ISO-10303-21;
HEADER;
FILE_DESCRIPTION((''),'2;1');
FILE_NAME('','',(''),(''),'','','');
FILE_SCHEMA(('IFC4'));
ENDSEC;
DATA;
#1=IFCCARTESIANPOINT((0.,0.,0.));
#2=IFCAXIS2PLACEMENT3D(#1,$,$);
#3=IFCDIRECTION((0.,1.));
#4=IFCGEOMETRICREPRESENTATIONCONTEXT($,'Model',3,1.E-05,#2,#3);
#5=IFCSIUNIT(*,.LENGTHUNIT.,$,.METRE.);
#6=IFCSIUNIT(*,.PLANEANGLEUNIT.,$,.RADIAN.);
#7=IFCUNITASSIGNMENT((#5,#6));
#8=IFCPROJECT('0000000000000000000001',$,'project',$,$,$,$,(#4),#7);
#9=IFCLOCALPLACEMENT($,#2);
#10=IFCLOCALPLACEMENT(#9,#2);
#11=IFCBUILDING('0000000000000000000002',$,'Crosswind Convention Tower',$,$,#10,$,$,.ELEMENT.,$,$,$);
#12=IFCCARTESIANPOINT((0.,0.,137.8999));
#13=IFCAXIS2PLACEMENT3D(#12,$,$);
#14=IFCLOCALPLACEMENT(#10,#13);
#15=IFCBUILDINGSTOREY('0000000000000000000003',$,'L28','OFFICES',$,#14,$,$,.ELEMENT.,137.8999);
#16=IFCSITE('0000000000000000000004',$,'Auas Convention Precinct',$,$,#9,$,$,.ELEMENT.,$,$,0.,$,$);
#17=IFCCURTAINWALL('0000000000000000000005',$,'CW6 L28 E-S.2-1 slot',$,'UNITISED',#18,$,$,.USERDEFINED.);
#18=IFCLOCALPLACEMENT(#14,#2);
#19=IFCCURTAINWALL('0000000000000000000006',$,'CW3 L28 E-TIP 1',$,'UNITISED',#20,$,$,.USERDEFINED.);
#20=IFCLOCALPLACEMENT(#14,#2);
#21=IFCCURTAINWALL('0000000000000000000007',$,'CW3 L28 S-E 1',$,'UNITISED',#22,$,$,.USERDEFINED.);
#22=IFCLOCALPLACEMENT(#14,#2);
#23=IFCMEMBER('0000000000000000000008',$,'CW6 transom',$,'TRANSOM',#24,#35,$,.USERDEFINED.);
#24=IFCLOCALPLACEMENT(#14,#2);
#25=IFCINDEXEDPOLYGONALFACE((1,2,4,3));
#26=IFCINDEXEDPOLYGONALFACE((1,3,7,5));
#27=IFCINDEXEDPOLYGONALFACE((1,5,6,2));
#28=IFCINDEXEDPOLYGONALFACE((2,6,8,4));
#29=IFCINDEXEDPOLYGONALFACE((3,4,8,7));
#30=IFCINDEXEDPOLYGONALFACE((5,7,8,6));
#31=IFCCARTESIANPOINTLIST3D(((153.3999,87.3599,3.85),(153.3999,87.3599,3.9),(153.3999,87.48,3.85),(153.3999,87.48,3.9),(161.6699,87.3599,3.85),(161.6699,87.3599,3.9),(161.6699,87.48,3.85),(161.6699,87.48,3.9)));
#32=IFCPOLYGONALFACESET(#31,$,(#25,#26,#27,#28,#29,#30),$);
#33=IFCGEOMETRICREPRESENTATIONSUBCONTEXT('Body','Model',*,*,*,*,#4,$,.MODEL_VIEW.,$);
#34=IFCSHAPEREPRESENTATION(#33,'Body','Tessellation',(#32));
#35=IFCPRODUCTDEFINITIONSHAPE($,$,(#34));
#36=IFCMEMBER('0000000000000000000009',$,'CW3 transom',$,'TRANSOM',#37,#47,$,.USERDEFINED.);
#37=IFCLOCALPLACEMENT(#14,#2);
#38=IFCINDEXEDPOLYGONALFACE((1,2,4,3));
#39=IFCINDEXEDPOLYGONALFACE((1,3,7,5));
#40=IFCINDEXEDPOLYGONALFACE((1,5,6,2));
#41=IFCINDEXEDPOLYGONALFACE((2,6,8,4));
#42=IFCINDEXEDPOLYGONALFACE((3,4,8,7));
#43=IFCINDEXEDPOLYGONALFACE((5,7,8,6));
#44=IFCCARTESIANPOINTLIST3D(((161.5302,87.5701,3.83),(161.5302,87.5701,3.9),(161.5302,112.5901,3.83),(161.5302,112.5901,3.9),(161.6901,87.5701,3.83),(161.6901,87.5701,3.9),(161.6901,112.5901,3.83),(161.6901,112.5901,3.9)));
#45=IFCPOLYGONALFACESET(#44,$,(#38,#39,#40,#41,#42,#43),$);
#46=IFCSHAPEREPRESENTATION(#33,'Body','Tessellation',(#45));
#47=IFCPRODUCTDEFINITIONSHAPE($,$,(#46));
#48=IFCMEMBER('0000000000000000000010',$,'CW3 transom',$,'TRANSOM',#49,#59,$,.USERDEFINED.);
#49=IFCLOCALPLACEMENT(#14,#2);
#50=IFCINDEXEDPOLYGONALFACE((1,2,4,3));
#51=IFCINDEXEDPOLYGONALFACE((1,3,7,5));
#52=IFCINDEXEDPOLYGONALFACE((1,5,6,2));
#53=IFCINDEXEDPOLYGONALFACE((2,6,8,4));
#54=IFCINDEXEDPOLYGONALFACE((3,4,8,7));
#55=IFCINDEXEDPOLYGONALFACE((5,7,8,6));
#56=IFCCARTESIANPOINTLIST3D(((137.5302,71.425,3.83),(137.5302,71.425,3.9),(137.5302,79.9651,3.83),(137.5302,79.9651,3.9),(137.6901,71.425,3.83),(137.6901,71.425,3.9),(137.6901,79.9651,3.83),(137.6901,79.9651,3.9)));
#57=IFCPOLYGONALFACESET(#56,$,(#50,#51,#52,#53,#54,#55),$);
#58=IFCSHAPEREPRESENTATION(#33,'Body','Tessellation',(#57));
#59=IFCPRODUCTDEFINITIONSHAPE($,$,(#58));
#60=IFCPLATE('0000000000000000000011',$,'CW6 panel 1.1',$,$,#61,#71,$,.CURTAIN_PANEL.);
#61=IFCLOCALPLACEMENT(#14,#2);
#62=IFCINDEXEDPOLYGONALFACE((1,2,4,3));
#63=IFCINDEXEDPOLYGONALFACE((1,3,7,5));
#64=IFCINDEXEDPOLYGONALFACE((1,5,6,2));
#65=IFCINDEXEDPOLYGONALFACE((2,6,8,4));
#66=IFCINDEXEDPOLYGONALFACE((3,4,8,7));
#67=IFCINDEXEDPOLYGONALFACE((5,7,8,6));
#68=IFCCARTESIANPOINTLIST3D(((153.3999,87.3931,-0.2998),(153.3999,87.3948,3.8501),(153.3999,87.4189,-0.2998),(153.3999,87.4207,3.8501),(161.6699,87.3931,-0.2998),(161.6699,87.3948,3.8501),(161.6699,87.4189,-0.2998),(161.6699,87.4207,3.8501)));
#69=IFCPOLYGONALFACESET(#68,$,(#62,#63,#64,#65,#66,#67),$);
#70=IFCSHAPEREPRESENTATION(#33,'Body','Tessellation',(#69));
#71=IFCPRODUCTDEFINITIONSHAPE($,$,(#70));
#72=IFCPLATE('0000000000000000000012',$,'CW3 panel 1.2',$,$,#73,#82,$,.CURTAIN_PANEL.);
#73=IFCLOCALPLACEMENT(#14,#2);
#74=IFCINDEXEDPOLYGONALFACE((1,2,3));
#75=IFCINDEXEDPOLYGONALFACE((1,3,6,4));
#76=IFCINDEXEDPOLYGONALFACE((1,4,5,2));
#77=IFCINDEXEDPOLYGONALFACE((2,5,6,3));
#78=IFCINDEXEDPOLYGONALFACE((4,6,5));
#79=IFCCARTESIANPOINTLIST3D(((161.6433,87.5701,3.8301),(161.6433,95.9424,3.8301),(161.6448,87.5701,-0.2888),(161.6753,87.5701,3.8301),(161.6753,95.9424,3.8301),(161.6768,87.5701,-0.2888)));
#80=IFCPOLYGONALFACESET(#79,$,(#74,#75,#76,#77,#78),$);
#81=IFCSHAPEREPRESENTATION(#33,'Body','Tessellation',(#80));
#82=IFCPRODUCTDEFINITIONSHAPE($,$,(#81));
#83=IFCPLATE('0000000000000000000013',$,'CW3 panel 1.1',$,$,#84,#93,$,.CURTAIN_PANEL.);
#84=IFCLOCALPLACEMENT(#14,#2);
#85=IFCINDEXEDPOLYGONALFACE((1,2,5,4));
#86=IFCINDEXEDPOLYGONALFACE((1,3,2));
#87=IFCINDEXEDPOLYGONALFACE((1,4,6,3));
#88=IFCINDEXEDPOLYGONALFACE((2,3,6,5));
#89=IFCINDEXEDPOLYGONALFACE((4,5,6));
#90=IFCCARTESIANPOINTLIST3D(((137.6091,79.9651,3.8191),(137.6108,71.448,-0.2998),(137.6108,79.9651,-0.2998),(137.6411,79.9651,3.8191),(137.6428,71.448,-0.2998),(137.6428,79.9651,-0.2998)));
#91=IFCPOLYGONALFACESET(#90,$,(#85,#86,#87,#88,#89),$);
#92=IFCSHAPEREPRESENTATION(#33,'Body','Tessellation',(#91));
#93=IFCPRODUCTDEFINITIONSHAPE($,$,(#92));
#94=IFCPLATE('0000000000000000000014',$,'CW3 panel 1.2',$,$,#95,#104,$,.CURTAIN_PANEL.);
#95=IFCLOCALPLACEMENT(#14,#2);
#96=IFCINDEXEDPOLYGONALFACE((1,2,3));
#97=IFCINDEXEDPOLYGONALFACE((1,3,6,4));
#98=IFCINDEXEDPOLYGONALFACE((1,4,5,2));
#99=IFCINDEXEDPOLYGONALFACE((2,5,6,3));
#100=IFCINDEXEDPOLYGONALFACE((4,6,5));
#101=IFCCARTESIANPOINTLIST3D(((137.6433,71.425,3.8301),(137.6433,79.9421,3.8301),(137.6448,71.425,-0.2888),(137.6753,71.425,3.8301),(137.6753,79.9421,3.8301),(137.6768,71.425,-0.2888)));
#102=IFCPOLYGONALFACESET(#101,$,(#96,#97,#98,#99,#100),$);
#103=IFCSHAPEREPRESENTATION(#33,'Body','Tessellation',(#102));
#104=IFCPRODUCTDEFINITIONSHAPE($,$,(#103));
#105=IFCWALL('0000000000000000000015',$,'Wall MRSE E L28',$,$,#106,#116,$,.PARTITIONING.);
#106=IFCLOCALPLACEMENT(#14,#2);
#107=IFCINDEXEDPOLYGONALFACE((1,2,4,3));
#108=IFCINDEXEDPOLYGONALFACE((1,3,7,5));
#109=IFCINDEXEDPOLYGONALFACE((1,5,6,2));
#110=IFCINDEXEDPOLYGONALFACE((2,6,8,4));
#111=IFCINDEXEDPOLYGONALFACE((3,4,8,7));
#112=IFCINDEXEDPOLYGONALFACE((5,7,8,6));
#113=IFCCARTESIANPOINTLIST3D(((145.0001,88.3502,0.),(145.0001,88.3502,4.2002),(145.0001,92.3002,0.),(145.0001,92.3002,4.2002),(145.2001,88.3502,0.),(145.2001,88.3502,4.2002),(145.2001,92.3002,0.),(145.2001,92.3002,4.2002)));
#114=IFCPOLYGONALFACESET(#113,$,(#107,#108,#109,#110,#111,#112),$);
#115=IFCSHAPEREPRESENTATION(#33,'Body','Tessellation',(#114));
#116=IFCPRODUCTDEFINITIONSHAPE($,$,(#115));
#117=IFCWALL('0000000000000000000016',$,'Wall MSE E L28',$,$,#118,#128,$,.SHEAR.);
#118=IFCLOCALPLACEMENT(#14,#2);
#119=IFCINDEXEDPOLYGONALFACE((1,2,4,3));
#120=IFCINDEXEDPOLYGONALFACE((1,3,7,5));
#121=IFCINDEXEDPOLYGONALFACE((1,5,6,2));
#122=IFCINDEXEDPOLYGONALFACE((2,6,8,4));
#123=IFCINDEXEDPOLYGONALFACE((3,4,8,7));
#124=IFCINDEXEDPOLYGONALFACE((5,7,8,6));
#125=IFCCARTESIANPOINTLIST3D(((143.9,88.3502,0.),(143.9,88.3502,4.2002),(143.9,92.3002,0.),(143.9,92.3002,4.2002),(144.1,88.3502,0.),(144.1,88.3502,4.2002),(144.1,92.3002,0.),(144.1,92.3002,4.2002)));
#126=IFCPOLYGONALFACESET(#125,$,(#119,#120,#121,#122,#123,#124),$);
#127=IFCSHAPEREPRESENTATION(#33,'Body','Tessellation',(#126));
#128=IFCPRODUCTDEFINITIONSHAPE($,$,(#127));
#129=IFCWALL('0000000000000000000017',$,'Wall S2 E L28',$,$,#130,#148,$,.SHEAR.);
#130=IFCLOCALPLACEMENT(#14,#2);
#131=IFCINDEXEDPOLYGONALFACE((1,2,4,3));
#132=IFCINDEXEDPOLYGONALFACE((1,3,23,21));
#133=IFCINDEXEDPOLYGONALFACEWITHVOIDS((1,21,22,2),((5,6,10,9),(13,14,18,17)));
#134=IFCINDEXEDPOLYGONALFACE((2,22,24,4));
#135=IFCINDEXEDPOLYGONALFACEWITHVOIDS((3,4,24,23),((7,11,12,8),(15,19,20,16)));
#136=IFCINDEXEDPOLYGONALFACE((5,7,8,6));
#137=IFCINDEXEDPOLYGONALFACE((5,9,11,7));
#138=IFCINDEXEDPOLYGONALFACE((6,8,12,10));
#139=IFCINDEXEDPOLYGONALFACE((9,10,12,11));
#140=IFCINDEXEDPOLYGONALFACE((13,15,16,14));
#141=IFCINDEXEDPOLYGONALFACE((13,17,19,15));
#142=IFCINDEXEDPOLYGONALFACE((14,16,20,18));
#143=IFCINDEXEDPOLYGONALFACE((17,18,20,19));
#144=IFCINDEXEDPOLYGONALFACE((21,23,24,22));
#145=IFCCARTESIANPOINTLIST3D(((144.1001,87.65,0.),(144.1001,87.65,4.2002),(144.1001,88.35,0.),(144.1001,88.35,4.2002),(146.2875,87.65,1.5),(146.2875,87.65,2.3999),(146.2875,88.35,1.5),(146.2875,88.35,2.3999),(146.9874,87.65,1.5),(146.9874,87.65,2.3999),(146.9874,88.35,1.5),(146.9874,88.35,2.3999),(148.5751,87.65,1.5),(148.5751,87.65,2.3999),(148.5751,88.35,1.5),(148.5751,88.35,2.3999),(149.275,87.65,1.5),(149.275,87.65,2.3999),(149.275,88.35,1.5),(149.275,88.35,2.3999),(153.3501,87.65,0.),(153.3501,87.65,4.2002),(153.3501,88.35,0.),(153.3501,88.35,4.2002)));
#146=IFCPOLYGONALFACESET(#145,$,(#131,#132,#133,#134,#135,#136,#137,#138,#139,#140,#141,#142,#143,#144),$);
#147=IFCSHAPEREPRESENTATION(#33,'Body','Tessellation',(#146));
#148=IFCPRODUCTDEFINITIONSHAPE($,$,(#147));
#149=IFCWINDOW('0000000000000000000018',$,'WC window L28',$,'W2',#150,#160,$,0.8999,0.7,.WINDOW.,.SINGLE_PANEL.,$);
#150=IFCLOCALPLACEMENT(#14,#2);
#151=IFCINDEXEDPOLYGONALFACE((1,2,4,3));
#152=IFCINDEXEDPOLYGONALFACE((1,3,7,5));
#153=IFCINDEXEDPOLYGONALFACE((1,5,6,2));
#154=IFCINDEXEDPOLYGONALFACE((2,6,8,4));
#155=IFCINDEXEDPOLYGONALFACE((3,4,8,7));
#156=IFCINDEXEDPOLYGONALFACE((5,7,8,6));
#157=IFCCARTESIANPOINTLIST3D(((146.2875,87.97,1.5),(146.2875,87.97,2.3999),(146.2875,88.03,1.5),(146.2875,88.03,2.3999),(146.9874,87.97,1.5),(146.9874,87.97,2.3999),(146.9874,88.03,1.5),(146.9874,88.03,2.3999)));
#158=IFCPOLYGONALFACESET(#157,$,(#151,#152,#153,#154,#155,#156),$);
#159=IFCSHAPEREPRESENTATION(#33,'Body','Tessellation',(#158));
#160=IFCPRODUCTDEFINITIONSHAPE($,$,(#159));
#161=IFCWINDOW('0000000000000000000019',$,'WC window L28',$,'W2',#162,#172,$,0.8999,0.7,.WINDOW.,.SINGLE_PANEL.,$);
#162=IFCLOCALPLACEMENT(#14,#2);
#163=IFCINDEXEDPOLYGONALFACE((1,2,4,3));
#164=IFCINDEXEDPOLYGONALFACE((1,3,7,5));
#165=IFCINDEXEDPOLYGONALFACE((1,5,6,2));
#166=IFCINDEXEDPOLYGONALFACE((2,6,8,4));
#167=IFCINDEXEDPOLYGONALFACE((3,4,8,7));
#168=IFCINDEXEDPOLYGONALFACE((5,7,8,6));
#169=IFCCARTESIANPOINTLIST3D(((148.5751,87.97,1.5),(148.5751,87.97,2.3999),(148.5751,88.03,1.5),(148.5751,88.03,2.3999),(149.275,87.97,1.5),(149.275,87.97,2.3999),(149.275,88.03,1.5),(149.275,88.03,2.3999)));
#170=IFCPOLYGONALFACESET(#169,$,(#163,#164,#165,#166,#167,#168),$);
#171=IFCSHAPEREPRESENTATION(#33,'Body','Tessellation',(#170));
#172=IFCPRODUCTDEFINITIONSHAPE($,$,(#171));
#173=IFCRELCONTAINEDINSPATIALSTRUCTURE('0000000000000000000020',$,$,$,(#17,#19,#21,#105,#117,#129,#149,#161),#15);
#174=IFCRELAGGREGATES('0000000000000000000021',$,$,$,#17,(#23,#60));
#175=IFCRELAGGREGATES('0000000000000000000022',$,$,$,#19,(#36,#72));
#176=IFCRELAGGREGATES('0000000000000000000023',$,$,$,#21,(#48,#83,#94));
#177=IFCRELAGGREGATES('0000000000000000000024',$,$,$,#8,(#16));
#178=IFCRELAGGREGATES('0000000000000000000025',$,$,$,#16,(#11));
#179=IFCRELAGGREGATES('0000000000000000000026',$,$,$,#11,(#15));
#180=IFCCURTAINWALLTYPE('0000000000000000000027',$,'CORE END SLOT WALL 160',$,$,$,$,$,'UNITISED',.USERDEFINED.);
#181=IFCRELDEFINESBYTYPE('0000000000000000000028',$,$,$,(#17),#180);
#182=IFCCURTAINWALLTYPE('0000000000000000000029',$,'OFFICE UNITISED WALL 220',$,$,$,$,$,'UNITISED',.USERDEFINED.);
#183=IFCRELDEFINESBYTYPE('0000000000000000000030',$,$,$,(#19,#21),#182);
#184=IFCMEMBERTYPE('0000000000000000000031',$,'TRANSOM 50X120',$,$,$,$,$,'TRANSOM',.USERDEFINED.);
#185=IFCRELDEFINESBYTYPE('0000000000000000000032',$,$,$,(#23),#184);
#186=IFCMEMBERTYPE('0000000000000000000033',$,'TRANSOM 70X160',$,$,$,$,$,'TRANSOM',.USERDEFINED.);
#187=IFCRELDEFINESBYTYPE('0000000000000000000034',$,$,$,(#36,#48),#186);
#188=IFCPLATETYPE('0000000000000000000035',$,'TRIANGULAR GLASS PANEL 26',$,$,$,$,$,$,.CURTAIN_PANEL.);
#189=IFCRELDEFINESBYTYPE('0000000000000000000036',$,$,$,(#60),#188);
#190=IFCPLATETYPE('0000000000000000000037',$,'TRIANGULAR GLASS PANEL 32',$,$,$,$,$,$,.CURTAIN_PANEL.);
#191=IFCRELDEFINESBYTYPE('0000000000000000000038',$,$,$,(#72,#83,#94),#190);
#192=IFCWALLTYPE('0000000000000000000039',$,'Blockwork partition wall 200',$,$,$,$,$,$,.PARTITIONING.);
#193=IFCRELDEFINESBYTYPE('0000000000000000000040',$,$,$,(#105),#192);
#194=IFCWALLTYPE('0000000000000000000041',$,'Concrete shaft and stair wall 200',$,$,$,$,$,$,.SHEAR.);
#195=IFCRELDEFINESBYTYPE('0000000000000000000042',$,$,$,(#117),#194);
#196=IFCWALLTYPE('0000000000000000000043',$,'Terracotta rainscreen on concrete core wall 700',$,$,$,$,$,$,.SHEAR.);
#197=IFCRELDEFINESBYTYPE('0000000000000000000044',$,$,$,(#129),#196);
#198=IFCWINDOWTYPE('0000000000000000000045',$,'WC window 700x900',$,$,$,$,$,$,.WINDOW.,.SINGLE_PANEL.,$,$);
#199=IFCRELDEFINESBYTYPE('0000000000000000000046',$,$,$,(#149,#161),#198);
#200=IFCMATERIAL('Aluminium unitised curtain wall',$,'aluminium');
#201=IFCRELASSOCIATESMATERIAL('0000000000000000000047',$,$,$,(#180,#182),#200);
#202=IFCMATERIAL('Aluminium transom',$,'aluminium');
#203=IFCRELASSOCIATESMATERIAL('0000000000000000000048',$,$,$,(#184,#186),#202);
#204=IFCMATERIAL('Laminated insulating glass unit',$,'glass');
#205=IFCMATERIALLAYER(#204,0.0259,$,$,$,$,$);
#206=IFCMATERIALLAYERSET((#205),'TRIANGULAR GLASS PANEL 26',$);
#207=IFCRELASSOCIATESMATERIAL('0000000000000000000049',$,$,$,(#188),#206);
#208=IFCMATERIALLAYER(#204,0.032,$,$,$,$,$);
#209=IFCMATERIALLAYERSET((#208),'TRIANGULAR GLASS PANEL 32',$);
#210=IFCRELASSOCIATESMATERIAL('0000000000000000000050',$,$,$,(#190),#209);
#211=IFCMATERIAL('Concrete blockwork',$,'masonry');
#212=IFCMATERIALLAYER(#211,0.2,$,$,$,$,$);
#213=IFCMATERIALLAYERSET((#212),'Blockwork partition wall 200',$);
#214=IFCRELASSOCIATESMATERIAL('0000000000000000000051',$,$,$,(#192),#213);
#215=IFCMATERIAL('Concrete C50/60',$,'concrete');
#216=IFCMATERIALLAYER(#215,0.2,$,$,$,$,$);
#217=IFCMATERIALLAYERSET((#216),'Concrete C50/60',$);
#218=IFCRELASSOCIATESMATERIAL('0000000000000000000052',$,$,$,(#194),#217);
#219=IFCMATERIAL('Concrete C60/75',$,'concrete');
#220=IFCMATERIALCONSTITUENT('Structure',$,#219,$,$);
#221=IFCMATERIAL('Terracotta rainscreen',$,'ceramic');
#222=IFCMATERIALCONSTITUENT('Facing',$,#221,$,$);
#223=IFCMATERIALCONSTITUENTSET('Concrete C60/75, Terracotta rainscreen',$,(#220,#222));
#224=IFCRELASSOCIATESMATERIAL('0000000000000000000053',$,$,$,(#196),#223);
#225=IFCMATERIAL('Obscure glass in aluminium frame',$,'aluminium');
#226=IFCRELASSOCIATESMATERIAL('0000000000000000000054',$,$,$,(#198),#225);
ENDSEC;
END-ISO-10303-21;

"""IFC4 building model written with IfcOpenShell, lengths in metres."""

from ifc_helpers import new_model, si_unit, direction, frame, frame_2d, origin, origin_2d, place, context, subcontext, project, spatial, polyline, rectangle, outline, extrude, material, layer, layer_set, constituent, constituent_set, material_profile, profile_set, type_object, element, fill, aggregate, save


model = new_model("IFC4")

# Units and contexts
model_context = context("Model", 3, precision=1e-05, world=origin(), true_north=direction((0.0, 1.0)))
body_context = subcontext(model_context, "Body", "Model", "MODEL_VIEW")
ifc_project = project(units=[si_unit("LENGTHUNIT", "METRE"), si_unit("PLANEANGLEUNIT", "RADIAN")], contexts=[model_context])

# Site, building, storey
site_placement = place(None, origin())
site = spatial("IfcSite", under=ifc_project, at=site_placement, Name="Auas Convention Precinct", CompositionType="ELEMENT", RefElevation=0.0)
building_placement = place(site_placement, origin())
building = spatial("IfcBuilding", under=site, at=building_placement, Name="Crosswind Convention Tower", CompositionType="ELEMENT")
storey_placement = place(building_placement, frame((0.0, 0.0, 137.8999)))
storey = spatial("IfcBuildingStorey", under=building, at=storey_placement, Name="L28", Description="OFFICES", CompositionType="ELEMENT", Elevation=137.8999)

# Shared definitions
ifc_material_1 = material(Name="Concrete C60/75", Category="concrete")

# Curtain wall
ifc_material_2 = material(Name="Aluminium unitised curtain wall", Category="aluminium")
curtain_wall_type_1 = type_object("IfcCurtainWallType", Name="CORE END SLOT WALL 160", ElementType="UNITISED", PredefinedType="USERDEFINED", material=ifc_material_2)
curtain_wall_1_placement = place(storey_placement, origin())
curtain_wall_1 = element("IfcCurtainWall", 1, at=curtain_wall_1_placement, inside=storey, type_object=curtain_wall_type_1, Name="CW6 L28 E-S.2-1 slot", ObjectType="UNITISED", PredefinedType="USERDEFINED")

# Curtain walls
curtain_wall_type_2 = type_object("IfcCurtainWallType", Name="OFFICE UNITISED WALL 220", ElementType="UNITISED", PredefinedType="USERDEFINED", material=ifc_material_2)
curtain_wall_2_placement = place(storey_placement, origin())
curtain_wall_2 = element("IfcCurtainWall", 2, at=curtain_wall_2_placement, inside=storey, type_object=curtain_wall_type_2, Name="CW3 L28 E-TIP 1", ObjectType="UNITISED", PredefinedType="USERDEFINED")
curtain_wall_3_placement = place(storey_placement, origin())
curtain_wall_3 = element("IfcCurtainWall", 3, at=curtain_wall_3_placement, inside=storey, type_object=curtain_wall_type_2, Name="CW3 L28 S-E 1", ObjectType="UNITISED", PredefinedType="USERDEFINED")

# Members
ifc_material_3 = material(Name="Aluminium transom", Category="aluminium")
ifc_material_profile_1 = material_profile(ifc_material_3, rectangle(XDim=0.1201, YDim=0.05, at=origin_2d()), Name="AL 120X50")
ifc_profile_set_1 = profile_set([ifc_material_profile_1], Name="Aluminium transom")
member_type_1 = type_object("IfcMemberType", Name="TRANSOM 50X120", ElementType="TRANSOM", PredefinedType="USERDEFINED", material=ifc_profile_set_1)
member_1_placement = place(storey_placement, frame((153.3999, 87.4199, 3.875), z_axis=(1.0, 0.0, 0.0), x_axis=(0.0, 1.0, 0.0)))
member_1 = element("IfcMember", 4, at=member_1_placement, type_object=member_type_1, Name="CW6 transom", ObjectType="TRANSOM", PredefinedType="USERDEFINED", context=body_context, shape_type="SweptSolid", body=[
    extrude(rectangle(XDim=0.1201, YDim=0.05, at=origin_2d()), origin(), (0.0, 0.0, 1.0), 8.27),
])
ifc_material_profile_2 = material_profile(ifc_material_3, rectangle(XDim=0.1599, YDim=0.0701, at=origin_2d()), Name="AL 160X70")
ifc_profile_set_2 = profile_set([ifc_material_profile_2], Name="Aluminium transom")
member_type_2 = type_object("IfcMemberType", Name="TRANSOM 70X160", ElementType="TRANSOM", PredefinedType="USERDEFINED", material=ifc_profile_set_2)
member_2_placement = place(storey_placement, frame((161.6101, 87.5701, 3.865), z_axis=(0.0, 1.0, 0.0), x_axis=(-1.0, 0.0, 0.0)))
member_2 = element("IfcMember", 5, at=member_2_placement, type_object=member_type_2, Name="CW3 transom", ObjectType="TRANSOM", PredefinedType="USERDEFINED", context=body_context, shape_type="SweptSolid", body=[
    extrude(rectangle(XDim=0.1599, YDim=0.0701, at=origin_2d()), origin(), (0.0, 0.0, 1.0), 25.02),
])
member_3_placement = place(storey_placement, frame((137.6101, 71.425, 3.865), z_axis=(0.0, 1.0, 0.0), x_axis=(-1.0, 0.0, 0.0)))
member_3 = element("IfcMember", 6, at=member_3_placement, type_object=member_type_2, Name="CW3 transom", ObjectType="TRANSOM", PredefinedType="USERDEFINED", context=body_context, shape_type="SweptSolid", body=[
    extrude(rectangle(XDim=0.1599, YDim=0.0701, at=origin_2d()), origin(), (0.0, 0.0, 1.0), 8.54),
])

# Plates
ifc_material_4 = material(Name="Laminated insulating glass unit", Category="glass")
ifc_layer_1 = layer(ifc_material_4, 0.0259)
ifc_layer_set_1 = layer_set([ifc_layer_1], Name="TRIANGULAR GLASS PANEL 26")
plate_type_1 = type_object("IfcPlateType", Name="TRIANGULAR GLASS PANEL 26", PredefinedType="CURTAIN_PANEL", material=ifc_layer_set_1)
plate_1_placement = place(storey_placement, frame((153.3999, 87.3931, -0.2998), z_axis=(0.0, -1.0, 0.000412), x_axis=(1.0, 0.0, 0.0)))
plate_1 = element("IfcPlate", 7, at=plate_1_placement, type_object=plate_type_1, Name="CW6 panel 1.1", PredefinedType="CURTAIN_PANEL", context=body_context, shape_type="SweptSolid", body=[
    extrude(outline(polyline([(0.0, 0.0), (8.27, 0.0), (8.27, 4.1499), (0.0, 4.1499), (0.0, 0.0)])), origin(), (0.0, 0.0, -1.0), 0.0259),
])
aggregate(curtain_wall_1, [member_1, plate_1])
ifc_layer_2 = layer(ifc_material_4, 0.032)
ifc_layer_set_2 = layer_set([ifc_layer_2], Name="TRIANGULAR GLASS PANEL 32")
plate_type_2 = type_object("IfcPlateType", Name="TRIANGULAR GLASS PANEL 32", PredefinedType="CURTAIN_PANEL", material=ifc_layer_set_2)
plate_2_placement = place(storey_placement, frame((161.6753, 87.5701, 3.8301), z_axis=(1.0, 0.0, 0.000356), x_axis=(0.000356, 0.0, -1.0)))
plate_2 = element("IfcPlate", 8, at=plate_2_placement, type_object=plate_type_2, Name="CW3 panel 1.2", PredefinedType="CURTAIN_PANEL", context=body_context, shape_type="SweptSolid", body=[
    extrude(outline(polyline([(0.0, 0.0), (4.1189, 0.0), (0.0, 8.3723), (0.0, 0.0)])), origin(), (0.0, 0.0, -1.0), 0.032),
])
plate_3_placement = place(storey_placement, frame((137.6428, 79.9651, -0.2998), z_axis=(1.0, 0.0, 0.000415), x_axis=(-0.000415, 0.0, 1.0)))
plate_3 = element("IfcPlate", 9, at=plate_3_placement, type_object=plate_type_2, Name="CW3 panel 1.1", PredefinedType="CURTAIN_PANEL", context=body_context, shape_type="SweptSolid", body=[
    extrude(outline(polyline([(0.0, 0.0), (4.1189, 0.0), (0.0, 8.5171), (0.0, 0.0)])), origin(), (0.0, 0.0, -1.0), 0.032),
])
plate_4_placement = place(storey_placement, frame((137.6753, 71.425, 3.8301), z_axis=(1.0, 0.0, 0.000356), x_axis=(0.000356, 0.0, -1.0)))
plate_4 = element("IfcPlate", 10, at=plate_4_placement, type_object=plate_type_2, Name="CW3 panel 1.2", PredefinedType="CURTAIN_PANEL", context=body_context, shape_type="SweptSolid", body=[
    extrude(outline(polyline([(0.0, 0.0), (4.1189, 0.0), (0.0, 8.5171), (0.0, 0.0)])), origin(), (0.0, 0.0, -1.0), 0.032),
])

# Walls
ifc_material_5 = material(Name="Concrete blockwork", Category="masonry")
ifc_layer_3 = layer(ifc_material_5, 0.2)
ifc_layer_set_3 = layer_set([ifc_layer_3], Name="Blockwork partition wall 200")
wall_type_1 = type_object("IfcWallType", Name="Blockwork partition wall 200", PredefinedType="PARTITIONING", material=ifc_layer_set_3)
wall_1_placement = place(storey_placement, frame((145.1001, 88.3501, 0.0), z_axis=(0.0, 0.0, 1.0), x_axis=(0.0, 1.0, 0.0)))
element("IfcWall", 11, at=wall_1_placement, inside=storey, type_object=wall_type_1, Name="Wall MRSE E L28", PredefinedType="PARTITIONING", context=body_context, shape_type="SweptSolid", body=[
    extrude(rectangle(XDim=3.95, YDim=0.2, at=frame_2d((1.9751, 0.0))), origin(), (0.0, 0.0, 1.0), 4.2002),
])
ifc_material_6 = material(Name="Concrete C50/60", Category="concrete")
ifc_layer_4 = layer(ifc_material_6, 0.2)
ifc_layer_set_4 = layer_set([ifc_layer_4], Name="Concrete C50/60")
wall_type_2 = type_object("IfcWallType", Name="Concrete shaft and stair wall 200", PredefinedType="SHEAR", material=ifc_layer_set_4)
wall_2_placement = place(storey_placement, frame((144.0, 88.3501, 0.0), z_axis=(0.0, 0.0, 1.0), x_axis=(0.0, 1.0, 0.0)))
element("IfcWall", 12, at=wall_2_placement, inside=storey, type_object=wall_type_2, Name="Wall MSE E L28", PredefinedType="SHEAR", context=body_context, shape_type="SweptSolid", body=[
    extrude(rectangle(XDim=3.95, YDim=0.2, at=frame_2d((1.9751, 0.0))), origin(), (0.0, 0.0, 1.0), 4.2002),
])

# Wall, openings, windows
ifc_constituent_1 = constituent(ifc_material_1, Name="Structure")
ifc_material_7 = material(Name="Terracotta rainscreen", Category="ceramic")
ifc_constituent_2 = constituent(ifc_material_7, Name="Facing")
ifc_constituent_set = constituent_set(constituents=[ifc_constituent_1, ifc_constituent_2], Name="Concrete C60/75, Terracotta rainscreen")
wall_type_3 = type_object("IfcWallType", Name="Terracotta rainscreen on concrete core wall 700", PredefinedType="SHEAR", material=ifc_constituent_set)
wall_3_placement = place(storey_placement, frame((144.1001, 88.0, 0.0), z_axis=(0.0, 0.0, 1.0), x_axis=(1.0, 0.0, 0.0)))
wall_3 = element("IfcWall", 13, at=wall_3_placement, inside=storey, type_object=wall_type_3, Name="Wall S2 E L28", PredefinedType="SHEAR", context=body_context, shape_type="SweptSolid", body=[
    extrude(rectangle(XDim=9.25, YDim=0.7, at=frame_2d((4.625, 0.0))), origin(), (0.0, 0.0, 1.0), 4.2002),
])
opening_1_placement = place(wall_3_placement, frame((2.1873, 0.0, 1.5)))
opening_1 = element("IfcOpeningElement", 14, at=opening_1_placement, cuts=wall_3, PredefinedType="OPENING", context=body_context, shape_type="SweptSolid", body=[
    extrude(rectangle(XDim=0.7, YDim=0.8999, at=frame_2d((0.3501, 0.45))), frame((0.0, 0.3599, 0.0), z_axis=(0.0, -1.0, 0.0), x_axis=(1.0, 0.0, 0.0)), (0.0, 0.0, 1.0), 0.72),
])
opening_2_placement = place(wall_3_placement, frame((4.4749, 0.0, 1.5)))
opening_2 = element("IfcOpeningElement", 15, at=opening_2_placement, cuts=wall_3, PredefinedType="OPENING", context=body_context, shape_type="SweptSolid", body=[
    extrude(rectangle(XDim=0.7, YDim=0.8999, at=frame_2d((0.3501, 0.45))), frame((0.0, 0.3599, 0.0), z_axis=(0.0, -1.0, 0.0), x_axis=(1.0, 0.0, 0.0)), (0.0, 0.0, 1.0), 0.72),
])
ifc_material_8 = material(Name="Obscure glass in aluminium frame", Category="aluminium")
window_type = type_object("IfcWindowType", Name="WC window 700x900", PartitioningType="SINGLE_PANEL", PredefinedType="WINDOW", material=ifc_material_8)
window_1_placement = place(opening_1_placement, origin())
window_1 = element("IfcWindow", 16, at=window_1_placement, inside=storey, type_object=window_type, Name="WC window L28", ObjectType="W2", OverallHeight=0.8999, OverallWidth=0.7, PartitioningType="SINGLE_PANEL", PredefinedType="WINDOW", context=body_context, shape_type="SweptSolid", body=[
    extrude(rectangle(XDim=0.7, YDim=0.8999, at=frame_2d((0.3501, 0.45))), frame((0.0, 0.03, 0.0), z_axis=(0.0, -1.0, 0.0), x_axis=(1.0, 0.0, 0.0)), (0.0, 0.0, 1.0), 0.0601),
])
fill(opening_1, window_1)
window_2_placement = place(opening_2_placement, origin())
window_2 = element("IfcWindow", 17, at=window_2_placement, inside=storey, type_object=window_type, Name="WC window L28", ObjectType="W2", OverallHeight=0.8999, OverallWidth=0.7, PartitioningType="SINGLE_PANEL", PredefinedType="WINDOW", context=body_context, shape_type="SweptSolid", body=[
    extrude(rectangle(XDim=0.7, YDim=0.8999, at=frame_2d((0.3501, 0.45))), frame((0.0, 0.03, 0.0), z_axis=(0.0, -1.0, 0.0), x_axis=(1.0, 0.0, 0.0)), (0.0, 0.0, 1.0), 0.0601),
])
fill(opening_2, window_2)

aggregate(curtain_wall_2, [member_2, plate_2])
aggregate(curtain_wall_3, [member_3, plate_3, plate_4])

save(model, "model.ifc")
